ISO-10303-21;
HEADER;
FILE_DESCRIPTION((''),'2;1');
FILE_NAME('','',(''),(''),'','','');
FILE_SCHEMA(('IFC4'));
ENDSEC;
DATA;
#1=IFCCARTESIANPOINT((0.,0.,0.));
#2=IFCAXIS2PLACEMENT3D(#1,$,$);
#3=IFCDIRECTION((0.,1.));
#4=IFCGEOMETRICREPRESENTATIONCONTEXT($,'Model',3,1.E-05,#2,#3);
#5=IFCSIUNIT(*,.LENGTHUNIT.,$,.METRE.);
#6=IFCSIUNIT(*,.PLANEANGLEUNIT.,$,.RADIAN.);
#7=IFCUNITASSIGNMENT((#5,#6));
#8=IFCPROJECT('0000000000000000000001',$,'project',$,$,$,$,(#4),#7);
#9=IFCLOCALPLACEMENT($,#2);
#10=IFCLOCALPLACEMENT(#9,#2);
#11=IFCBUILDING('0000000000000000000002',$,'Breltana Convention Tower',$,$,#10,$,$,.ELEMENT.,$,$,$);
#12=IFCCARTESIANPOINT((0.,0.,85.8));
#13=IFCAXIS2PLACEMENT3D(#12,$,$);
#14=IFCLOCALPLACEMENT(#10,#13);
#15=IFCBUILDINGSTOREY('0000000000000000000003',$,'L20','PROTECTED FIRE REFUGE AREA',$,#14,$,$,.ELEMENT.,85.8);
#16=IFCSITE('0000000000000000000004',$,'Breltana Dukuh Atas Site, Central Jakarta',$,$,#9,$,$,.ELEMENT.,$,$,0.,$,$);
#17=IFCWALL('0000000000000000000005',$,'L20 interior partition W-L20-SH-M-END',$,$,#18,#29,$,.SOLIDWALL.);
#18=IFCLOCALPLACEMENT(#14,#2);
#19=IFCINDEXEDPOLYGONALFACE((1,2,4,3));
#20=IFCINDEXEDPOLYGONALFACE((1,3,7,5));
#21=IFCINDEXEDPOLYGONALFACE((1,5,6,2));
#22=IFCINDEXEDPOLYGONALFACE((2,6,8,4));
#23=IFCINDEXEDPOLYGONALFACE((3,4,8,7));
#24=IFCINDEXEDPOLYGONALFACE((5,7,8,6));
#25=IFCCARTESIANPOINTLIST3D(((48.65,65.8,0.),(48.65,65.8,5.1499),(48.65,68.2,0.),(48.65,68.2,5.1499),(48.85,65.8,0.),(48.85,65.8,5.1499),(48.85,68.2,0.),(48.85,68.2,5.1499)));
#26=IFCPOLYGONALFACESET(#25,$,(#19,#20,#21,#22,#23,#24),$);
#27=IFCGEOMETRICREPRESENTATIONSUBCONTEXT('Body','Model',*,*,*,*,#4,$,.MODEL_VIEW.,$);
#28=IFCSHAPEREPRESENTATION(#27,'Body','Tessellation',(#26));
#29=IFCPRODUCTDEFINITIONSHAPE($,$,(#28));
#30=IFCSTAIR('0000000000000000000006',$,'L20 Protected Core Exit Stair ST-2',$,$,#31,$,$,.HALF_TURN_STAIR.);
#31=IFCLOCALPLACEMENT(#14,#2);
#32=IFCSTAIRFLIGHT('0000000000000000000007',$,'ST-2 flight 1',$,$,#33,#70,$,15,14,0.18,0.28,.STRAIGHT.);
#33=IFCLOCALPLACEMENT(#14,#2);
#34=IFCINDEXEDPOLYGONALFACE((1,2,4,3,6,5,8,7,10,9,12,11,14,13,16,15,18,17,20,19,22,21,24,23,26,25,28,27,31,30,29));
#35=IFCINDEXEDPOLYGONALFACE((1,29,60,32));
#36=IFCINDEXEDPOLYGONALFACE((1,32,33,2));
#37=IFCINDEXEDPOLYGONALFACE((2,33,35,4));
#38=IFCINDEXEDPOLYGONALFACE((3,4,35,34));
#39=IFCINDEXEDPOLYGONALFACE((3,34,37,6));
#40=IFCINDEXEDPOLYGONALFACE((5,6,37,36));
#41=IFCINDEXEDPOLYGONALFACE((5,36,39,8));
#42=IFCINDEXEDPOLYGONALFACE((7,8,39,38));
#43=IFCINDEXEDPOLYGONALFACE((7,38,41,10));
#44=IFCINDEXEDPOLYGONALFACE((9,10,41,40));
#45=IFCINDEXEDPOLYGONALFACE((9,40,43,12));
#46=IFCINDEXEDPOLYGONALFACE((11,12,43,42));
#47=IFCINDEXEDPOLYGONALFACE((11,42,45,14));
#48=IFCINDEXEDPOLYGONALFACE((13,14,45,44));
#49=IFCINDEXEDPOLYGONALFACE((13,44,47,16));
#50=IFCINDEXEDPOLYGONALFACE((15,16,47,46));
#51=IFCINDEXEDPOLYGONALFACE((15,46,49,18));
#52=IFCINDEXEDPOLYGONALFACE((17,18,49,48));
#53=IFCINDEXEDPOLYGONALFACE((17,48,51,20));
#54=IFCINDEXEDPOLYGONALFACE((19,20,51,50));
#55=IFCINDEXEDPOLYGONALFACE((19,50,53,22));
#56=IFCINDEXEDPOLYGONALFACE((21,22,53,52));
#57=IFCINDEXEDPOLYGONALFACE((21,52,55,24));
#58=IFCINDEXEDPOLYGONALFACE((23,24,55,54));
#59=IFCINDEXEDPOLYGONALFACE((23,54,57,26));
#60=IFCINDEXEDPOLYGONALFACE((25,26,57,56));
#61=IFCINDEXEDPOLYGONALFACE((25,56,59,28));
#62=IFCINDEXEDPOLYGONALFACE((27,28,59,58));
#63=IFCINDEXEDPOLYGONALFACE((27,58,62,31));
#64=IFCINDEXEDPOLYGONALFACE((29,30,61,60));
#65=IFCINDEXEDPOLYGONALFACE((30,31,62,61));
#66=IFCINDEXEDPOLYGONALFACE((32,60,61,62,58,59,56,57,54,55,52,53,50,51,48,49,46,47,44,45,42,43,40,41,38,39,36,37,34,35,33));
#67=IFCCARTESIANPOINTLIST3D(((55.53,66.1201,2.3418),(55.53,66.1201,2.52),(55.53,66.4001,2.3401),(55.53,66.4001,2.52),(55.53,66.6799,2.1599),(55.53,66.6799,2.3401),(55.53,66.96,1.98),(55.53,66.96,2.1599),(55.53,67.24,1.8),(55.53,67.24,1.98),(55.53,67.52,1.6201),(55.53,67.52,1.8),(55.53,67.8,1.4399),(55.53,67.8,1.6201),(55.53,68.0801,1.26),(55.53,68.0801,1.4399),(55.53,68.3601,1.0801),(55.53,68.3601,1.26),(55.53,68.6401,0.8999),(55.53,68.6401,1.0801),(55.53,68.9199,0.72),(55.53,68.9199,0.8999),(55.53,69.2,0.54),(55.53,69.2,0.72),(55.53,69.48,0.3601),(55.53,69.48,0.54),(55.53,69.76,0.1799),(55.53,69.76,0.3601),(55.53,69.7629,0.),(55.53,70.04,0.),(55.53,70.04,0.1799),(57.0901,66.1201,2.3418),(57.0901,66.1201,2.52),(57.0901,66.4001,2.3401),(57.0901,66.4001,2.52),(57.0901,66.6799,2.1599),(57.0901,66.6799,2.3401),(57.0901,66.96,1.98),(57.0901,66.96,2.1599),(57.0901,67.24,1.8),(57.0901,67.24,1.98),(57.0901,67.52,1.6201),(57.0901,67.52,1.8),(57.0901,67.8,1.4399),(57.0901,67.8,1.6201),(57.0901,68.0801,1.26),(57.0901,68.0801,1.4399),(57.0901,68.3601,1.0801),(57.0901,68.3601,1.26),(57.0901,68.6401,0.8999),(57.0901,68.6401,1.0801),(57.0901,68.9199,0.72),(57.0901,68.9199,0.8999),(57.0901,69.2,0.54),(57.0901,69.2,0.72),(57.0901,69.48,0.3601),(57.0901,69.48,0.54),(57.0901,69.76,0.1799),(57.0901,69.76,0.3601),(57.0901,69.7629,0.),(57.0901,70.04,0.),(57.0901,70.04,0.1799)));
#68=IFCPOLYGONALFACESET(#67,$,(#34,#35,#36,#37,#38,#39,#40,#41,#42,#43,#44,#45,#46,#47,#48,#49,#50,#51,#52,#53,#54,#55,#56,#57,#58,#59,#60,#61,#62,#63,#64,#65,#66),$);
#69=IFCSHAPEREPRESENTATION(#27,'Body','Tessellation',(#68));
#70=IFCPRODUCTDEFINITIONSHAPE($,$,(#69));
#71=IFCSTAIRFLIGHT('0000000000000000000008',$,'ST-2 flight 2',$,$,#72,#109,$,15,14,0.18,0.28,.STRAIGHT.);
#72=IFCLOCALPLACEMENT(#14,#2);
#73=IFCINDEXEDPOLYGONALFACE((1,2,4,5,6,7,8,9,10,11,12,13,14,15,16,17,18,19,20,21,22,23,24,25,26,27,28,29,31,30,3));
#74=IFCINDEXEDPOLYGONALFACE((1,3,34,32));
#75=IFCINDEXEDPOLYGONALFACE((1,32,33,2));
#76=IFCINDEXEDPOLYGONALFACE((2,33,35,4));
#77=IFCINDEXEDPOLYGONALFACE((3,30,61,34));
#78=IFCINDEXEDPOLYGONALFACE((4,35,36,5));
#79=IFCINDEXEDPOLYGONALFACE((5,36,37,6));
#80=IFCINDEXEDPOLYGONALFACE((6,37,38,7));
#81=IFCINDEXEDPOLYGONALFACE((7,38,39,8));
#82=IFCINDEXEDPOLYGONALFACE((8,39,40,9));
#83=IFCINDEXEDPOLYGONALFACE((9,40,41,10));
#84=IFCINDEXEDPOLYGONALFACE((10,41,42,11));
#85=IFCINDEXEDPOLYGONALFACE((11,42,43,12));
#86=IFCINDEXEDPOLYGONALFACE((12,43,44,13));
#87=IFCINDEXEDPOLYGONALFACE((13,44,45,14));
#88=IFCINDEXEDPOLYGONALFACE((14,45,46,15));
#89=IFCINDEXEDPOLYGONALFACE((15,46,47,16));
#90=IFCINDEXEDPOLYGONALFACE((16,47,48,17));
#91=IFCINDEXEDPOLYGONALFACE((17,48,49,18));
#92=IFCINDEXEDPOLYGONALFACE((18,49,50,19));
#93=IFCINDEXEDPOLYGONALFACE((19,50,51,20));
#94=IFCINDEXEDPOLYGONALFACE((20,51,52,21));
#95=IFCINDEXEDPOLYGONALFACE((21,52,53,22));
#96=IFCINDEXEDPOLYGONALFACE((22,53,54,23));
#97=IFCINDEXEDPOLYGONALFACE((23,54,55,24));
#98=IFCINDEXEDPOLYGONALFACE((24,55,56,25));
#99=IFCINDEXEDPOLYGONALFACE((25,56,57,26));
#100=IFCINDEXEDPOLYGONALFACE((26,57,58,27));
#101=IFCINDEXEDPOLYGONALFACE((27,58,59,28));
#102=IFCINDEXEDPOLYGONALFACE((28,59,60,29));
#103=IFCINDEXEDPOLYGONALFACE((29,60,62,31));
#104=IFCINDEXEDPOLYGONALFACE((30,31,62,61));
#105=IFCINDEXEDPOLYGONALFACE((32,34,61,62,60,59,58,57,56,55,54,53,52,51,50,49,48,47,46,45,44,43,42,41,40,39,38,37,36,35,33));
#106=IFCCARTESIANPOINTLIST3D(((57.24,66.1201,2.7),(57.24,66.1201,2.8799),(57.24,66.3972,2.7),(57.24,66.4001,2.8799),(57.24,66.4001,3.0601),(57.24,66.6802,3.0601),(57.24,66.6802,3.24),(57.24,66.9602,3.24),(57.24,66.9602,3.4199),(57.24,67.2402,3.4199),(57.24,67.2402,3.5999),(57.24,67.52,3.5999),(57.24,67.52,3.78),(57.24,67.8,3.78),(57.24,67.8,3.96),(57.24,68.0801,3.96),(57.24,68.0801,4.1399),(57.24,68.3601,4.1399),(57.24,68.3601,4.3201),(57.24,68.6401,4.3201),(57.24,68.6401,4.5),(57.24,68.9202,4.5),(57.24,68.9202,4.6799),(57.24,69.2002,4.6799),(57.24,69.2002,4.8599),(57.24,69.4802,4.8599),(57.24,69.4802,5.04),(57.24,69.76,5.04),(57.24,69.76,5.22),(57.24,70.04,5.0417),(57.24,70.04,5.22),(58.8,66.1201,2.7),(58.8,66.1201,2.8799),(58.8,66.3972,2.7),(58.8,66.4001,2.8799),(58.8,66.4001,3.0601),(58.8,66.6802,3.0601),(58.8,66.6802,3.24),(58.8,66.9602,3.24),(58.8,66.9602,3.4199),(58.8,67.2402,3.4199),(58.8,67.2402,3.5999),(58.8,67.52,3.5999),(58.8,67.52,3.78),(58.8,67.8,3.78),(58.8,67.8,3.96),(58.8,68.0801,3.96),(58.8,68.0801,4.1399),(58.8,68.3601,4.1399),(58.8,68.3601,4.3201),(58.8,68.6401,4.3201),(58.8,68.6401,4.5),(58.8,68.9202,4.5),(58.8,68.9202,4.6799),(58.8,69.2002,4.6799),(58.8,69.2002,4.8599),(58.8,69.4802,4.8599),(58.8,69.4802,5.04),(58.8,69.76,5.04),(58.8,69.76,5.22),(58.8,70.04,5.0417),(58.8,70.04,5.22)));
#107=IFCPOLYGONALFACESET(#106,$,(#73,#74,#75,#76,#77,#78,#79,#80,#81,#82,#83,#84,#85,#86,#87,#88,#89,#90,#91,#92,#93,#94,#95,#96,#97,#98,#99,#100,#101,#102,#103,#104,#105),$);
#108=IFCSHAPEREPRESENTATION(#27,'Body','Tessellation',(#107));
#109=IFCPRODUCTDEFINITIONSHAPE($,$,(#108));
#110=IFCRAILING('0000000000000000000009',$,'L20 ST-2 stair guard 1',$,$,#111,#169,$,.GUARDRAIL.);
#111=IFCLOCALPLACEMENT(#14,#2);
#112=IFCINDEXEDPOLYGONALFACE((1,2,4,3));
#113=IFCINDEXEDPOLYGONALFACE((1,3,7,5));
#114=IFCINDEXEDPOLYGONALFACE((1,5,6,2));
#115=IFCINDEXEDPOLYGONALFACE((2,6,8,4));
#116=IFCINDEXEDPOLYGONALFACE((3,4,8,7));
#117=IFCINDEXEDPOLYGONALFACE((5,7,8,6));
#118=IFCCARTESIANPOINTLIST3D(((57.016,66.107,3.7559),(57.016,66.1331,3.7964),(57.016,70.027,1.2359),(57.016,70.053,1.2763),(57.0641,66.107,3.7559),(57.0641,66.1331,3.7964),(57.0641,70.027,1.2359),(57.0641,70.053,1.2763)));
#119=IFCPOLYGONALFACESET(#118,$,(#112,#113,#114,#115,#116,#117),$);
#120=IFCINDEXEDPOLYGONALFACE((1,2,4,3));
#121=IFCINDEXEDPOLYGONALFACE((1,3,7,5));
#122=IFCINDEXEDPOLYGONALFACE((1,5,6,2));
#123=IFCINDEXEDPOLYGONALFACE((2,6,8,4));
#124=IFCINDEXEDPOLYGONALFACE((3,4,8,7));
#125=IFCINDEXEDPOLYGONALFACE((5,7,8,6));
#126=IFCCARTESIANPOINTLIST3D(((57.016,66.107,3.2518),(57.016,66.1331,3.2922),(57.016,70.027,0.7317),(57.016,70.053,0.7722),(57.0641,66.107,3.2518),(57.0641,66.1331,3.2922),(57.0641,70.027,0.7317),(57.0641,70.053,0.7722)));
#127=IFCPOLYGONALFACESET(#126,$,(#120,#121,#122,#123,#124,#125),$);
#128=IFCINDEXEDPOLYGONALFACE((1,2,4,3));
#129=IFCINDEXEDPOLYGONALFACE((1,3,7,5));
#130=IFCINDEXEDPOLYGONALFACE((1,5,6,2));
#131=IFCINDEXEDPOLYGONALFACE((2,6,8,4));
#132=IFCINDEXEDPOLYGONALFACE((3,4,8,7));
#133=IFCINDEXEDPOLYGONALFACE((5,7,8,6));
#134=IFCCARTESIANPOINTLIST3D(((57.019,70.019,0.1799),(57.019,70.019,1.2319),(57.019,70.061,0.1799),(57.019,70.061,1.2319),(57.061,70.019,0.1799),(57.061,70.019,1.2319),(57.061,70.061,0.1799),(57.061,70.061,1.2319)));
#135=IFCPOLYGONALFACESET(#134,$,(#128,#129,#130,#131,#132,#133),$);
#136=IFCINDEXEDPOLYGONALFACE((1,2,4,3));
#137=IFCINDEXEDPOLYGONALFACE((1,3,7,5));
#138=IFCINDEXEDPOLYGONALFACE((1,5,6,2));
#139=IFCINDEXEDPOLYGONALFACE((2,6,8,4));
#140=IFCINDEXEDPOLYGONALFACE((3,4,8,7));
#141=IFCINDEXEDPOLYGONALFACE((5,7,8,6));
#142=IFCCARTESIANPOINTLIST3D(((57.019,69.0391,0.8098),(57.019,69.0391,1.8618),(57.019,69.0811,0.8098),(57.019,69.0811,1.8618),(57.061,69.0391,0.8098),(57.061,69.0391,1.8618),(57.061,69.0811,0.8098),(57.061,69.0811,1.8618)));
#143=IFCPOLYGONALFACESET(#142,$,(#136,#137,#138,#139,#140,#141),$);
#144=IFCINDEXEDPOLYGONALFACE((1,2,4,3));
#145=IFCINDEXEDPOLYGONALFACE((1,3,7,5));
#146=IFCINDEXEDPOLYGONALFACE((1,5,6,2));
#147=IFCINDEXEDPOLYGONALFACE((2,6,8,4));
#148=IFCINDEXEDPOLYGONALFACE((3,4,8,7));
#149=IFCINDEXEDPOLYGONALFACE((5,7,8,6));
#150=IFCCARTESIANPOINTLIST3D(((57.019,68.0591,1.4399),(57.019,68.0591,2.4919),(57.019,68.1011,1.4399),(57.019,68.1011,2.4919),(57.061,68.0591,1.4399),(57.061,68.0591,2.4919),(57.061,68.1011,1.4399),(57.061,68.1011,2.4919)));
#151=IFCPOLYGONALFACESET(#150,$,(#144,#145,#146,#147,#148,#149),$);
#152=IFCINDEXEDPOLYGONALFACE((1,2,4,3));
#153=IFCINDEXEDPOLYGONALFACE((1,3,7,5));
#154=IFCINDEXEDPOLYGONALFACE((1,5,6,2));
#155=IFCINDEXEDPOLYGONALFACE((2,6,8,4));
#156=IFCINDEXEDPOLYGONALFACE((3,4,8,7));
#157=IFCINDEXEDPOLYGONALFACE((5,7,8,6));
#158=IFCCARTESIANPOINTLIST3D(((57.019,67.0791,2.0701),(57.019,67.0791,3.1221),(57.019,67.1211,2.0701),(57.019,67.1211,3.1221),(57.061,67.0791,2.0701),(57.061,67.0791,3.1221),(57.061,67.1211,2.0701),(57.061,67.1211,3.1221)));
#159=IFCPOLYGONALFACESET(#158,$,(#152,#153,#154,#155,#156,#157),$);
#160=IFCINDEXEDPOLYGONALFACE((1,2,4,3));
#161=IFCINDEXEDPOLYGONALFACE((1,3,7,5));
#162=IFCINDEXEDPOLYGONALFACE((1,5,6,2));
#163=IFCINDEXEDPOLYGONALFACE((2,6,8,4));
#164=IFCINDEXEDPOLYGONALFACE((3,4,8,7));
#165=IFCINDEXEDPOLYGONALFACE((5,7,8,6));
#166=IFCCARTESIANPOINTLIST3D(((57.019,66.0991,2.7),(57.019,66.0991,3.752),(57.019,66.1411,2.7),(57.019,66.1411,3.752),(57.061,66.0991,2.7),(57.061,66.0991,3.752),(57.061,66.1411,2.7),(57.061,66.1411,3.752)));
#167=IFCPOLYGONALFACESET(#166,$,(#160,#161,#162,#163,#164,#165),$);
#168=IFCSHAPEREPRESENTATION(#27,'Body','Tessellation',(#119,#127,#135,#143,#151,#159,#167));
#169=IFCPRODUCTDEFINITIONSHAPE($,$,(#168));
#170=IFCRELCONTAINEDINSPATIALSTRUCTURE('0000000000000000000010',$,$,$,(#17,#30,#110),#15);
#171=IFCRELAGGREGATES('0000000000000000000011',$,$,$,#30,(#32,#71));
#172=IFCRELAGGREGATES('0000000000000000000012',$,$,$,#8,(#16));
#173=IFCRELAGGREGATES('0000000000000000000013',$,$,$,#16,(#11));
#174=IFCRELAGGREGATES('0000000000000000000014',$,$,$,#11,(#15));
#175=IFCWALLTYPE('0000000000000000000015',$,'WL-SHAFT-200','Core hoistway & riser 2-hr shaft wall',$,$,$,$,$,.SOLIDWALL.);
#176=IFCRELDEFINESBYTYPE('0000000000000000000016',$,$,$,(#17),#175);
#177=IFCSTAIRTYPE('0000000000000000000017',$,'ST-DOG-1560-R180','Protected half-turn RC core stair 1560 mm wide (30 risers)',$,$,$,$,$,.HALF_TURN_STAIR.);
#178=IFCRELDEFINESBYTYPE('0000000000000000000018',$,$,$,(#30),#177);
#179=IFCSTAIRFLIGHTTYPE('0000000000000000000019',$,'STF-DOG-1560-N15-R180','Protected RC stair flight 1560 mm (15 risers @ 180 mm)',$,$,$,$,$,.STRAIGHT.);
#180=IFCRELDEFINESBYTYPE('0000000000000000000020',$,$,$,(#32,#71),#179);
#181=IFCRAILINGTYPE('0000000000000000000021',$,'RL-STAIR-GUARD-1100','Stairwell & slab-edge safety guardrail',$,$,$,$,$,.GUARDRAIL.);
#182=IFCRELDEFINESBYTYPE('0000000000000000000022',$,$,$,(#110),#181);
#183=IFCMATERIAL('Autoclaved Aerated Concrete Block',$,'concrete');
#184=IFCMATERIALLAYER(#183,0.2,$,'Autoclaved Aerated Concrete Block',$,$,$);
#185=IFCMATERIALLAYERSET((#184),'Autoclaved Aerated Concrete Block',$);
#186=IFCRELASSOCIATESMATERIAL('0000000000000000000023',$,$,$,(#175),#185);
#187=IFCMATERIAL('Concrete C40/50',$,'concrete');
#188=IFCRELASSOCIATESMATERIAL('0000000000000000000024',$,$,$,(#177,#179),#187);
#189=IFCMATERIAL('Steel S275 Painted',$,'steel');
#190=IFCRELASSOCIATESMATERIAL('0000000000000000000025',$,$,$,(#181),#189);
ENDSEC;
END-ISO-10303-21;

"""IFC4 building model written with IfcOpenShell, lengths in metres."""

from ifc_helpers import new_model, si_unit, direction, frame, frame_2d, origin, origin_2d, place, context, subcontext, project, spatial, polyline, rectangle, outline, extrude, source, transform, mapped, material, layer, layer_set, type_object, element, aggregate, save


model = new_model("IFC4")

# Units and contexts
model_context = context("Model", 3, precision=1e-05, world=origin(), true_north=direction((0.0, 1.0)))
body_context = subcontext(model_context, "Body", "Model", "MODEL_VIEW")
ifc_project = project(units=[si_unit("LENGTHUNIT", "METRE"), si_unit("PLANEANGLEUNIT", "RADIAN")], contexts=[model_context])

# Site, building, storey
site_placement = place(None, origin())
site = spatial("IfcSite", under=ifc_project, at=site_placement, Name="Breltana Dukuh Atas Site, Central Jakarta", CompositionType="ELEMENT", RefElevation=0.0)
building_placement = place(site_placement, origin())
building = spatial("IfcBuilding", under=site, at=building_placement, Name="Breltana Convention Tower", CompositionType="ELEMENT")
storey_placement = place(building_placement, frame((0.0, 0.0, 85.8)))
storey = spatial("IfcBuildingStorey", under=building, at=storey_placement, Name="L20", Description="PROTECTED FIRE REFUGE AREA", CompositionType="ELEMENT", Elevation=85.8)

# Shared definitions
ifc_material_1 = material(Name="Autoclaved Aerated Concrete Block", Category="concrete")
ifc_layer_1 = layer(ifc_material_1, 0.2, Name="Autoclaved Aerated Concrete Block")
ifc_layer_set_1 = layer_set([ifc_layer_1], Name="Autoclaved Aerated Concrete Block")
wall_type = type_object("IfcWallType", Name="WL-SHAFT-200", Description="Core hoistway & riser 2-hr shaft wall", PredefinedType="SOLIDWALL", material=ifc_layer_set_1)

# Wall
shared_shape_1 = source(origin(), body_context, "Body", "SweptSolid", [
    extrude(rectangle(XDim=2.3999, YDim=0.2, at=frame_2d((1.2, 0.0))), origin(), (0.0, 0.0, 1.0), 5.1499),
])
for number, where, z_axis, x_axis, name in (
    (1, (48.75, 65.8, 0.0), (0.0, 0.0, 1.0), (0.0, 1.0, 0.0), "L20 interior partition W-L20-SH-M-END"),
):
    element("IfcWall", number, at=place(storey_placement, frame(where, z_axis=z_axis, x_axis=x_axis)), inside=storey, type_object=wall_type, Name=name, PredefinedType="SOLIDWALL", context=body_context, shape_type="MappedRepresentation", body=[
        mapped(shared_shape_1, transform((0.0, 0.0, 0.0), scale=1.0)),
    ])

# Stair, stair flights
ifc_material_2 = material(Name="Concrete C40/50", Category="concrete")
stair_type = type_object("IfcStairType", Name="ST-DOG-1560-R180", Description="Protected half-turn RC core stair 1560 mm wide (30 risers)", PredefinedType="HALF_TURN_STAIR", material=ifc_material_2)
stair_placement = place(storey_placement, origin())
stair = element("IfcStair", 2, at=stair_placement, inside=storey, type_object=stair_type, Name="L20 Protected Core Exit Stair ST-2", PredefinedType="HALF_TURN_STAIR")
stair_flight_type = type_object("IfcStairFlightType", Name="STF-DOG-1560-N15-R180", Description="Protected RC stair flight 1560 mm (15 risers @ 180 mm)", PredefinedType="STRAIGHT", material=ifc_material_2)
stair_flight_1_placement = place(storey_placement, frame((56.3101, 70.04, 0.0), z_axis=(0.0, 0.0, 1.0), x_axis=(0.0, -1.0, 0.0)))
stair_flight_1 = element("IfcStairFlight", 3, at=stair_flight_1_placement, type_object=stair_flight_type, Name="ST-2 flight 1", NumberOfRisers=15, NumberOfTreads=14, PredefinedType="STRAIGHT", RiserHeight=0.18, TreadLength=0.28, context=body_context, shape_type="SweptSolid", body=[
    extrude(outline(polyline([(0.0, 0.0), (0.0, 0.1799), (0.28, 0.1799), (0.28, 0.3601), (0.5601, 0.3601), (0.5601, 0.54), (0.8401, 0.54), (0.8401, 0.72), (1.1201, 0.72), (1.1201, 0.8999), (1.3999, 0.8999), (1.3999, 1.0801), (1.6799, 1.0801), (1.6799, 1.26), (1.96, 1.26), (1.96, 1.4399), (2.24, 1.4399), (2.24, 1.6201), (2.52, 1.6201), (2.52, 1.8), (2.8, 1.8), (2.8, 1.98), (3.0801, 1.98), (3.0801, 2.1599), (3.3601, 2.1599), (3.3601, 2.3401), (3.6399, 2.3401), (3.6399, 2.52), (3.9199, 2.52), (3.9199, 2.7), (3.9199, 2.3418), (0.2771, 0.0), (0.0, 0.0)])), frame((0.0, 0.78, 0.0), z_axis=(0.0, -1.0, 0.0), x_axis=(1.0, 0.0, 0.0)), (0.0, 0.0, 1.0), 1.5601),
])
stair_flight_2_placement = place(storey_placement, frame((58.02, 66.1201, 2.7), z_axis=(0.0, 0.0, 1.0), x_axis=(0.0, 1.0, 0.0)))
stair_flight_2 = element("IfcStairFlight", 4, at=stair_flight_2_placement, type_object=stair_flight_type, Name="ST-2 flight 2", NumberOfRisers=15, NumberOfTreads=14, PredefinedType="STRAIGHT", RiserHeight=0.18, TreadLength=0.28, context=body_context, shape_type="SweptSolid", body=[
    extrude(outline(polyline([(0.0, 0.0), (0.0, 0.1799), (0.28, 0.1799), (0.28, 0.3601), (0.5601, 0.3601), (0.5601, 0.54), (0.8401, 0.54), (0.8401, 0.72), (1.1201, 0.72), (1.1201, 0.8999), (1.3999, 0.8999), (1.3999, 1.0801), (1.6799, 1.0801), (1.6799, 1.26), (1.96, 1.26), (1.96, 1.4399), (2.24, 1.4399), (2.24, 1.6201), (2.52, 1.6201), (2.52, 1.8), (2.8, 1.8), (2.8, 1.98), (3.0801, 1.98), (3.0801, 2.1599), (3.3601, 2.1599), (3.3601, 2.3401), (3.6399, 2.3401), (3.6399, 2.52), (3.9199, 2.52), (3.9199, 2.7), (3.9199, 2.3418), (0.2771, 0.0), (0.0, 0.0)])), frame((0.0, 0.78, 0.0), z_axis=(0.0, -1.0, 0.0), x_axis=(1.0, 0.0, 0.0)), (0.0, 0.0, 1.0), 1.5601),
])
aggregate(stair, [stair_flight_1, stair_flight_2])

# Railing
ifc_material_3 = material(Name="Steel S275 Painted", Category="steel")
railing_type_1 = type_object("IfcRailingType", Name="RL-STAIR-GUARD-1100", Description="Stairwell & slab-edge safety guardrail", PredefinedType="GUARDRAIL", material=ifc_material_3)
railing_1_placement = place(storey_placement, frame((57.04, 70.04, 0.1799)))
element("IfcRailing", 5, at=railing_1_placement, inside=storey, type_object=railing_type_1, Name="L20 ST-2 stair guard 1", PredefinedType="GUARDRAIL", context=body_context, shape_type="SweptSolid", body=[
    extrude(rectangle(XDim=0.0481, YDim=0.0481, at=origin_2d()), frame((0.0, 0.0, 1.0762), z_axis=(0.0, -0.841172, 0.540768), x_axis=(1.0, 0.0, 0.0)), (0.0, 0.0, 1.0), 4.6602),
    extrude(rectangle(XDim=0.0481, YDim=0.0481, at=origin_2d()), frame((0.0, 0.0, 0.572), z_axis=(0.0, -0.841172, 0.540768), x_axis=(1.0, 0.0, 0.0)), (0.0, 0.0, 1.0), 4.6602),
    extrude(rectangle(XDim=0.042, YDim=0.042, at=origin_2d()), origin(), (0.0, 0.0, 1.0), 1.052),
    extrude(rectangle(XDim=0.042, YDim=0.042, at=origin_2d()), frame((0.0, -0.98, 0.6299)), (0.0, 0.0, 1.0), 1.052),
    extrude(rectangle(XDim=0.042, YDim=0.042, at=origin_2d()), frame((0.0, -1.96, 1.26)), (0.0, 0.0, 1.0), 1.052),
    extrude(rectangle(XDim=0.042, YDim=0.042, at=origin_2d()), frame((0.0, -2.9399, 1.8901)), (0.0, 0.0, 1.0), 1.052),
    extrude(rectangle(XDim=0.042, YDim=0.042, at=origin_2d()), frame((0.0, -3.9199, 2.52)), (0.0, 0.0, 1.0), 1.052),
])

save(model, "model.ifc")
